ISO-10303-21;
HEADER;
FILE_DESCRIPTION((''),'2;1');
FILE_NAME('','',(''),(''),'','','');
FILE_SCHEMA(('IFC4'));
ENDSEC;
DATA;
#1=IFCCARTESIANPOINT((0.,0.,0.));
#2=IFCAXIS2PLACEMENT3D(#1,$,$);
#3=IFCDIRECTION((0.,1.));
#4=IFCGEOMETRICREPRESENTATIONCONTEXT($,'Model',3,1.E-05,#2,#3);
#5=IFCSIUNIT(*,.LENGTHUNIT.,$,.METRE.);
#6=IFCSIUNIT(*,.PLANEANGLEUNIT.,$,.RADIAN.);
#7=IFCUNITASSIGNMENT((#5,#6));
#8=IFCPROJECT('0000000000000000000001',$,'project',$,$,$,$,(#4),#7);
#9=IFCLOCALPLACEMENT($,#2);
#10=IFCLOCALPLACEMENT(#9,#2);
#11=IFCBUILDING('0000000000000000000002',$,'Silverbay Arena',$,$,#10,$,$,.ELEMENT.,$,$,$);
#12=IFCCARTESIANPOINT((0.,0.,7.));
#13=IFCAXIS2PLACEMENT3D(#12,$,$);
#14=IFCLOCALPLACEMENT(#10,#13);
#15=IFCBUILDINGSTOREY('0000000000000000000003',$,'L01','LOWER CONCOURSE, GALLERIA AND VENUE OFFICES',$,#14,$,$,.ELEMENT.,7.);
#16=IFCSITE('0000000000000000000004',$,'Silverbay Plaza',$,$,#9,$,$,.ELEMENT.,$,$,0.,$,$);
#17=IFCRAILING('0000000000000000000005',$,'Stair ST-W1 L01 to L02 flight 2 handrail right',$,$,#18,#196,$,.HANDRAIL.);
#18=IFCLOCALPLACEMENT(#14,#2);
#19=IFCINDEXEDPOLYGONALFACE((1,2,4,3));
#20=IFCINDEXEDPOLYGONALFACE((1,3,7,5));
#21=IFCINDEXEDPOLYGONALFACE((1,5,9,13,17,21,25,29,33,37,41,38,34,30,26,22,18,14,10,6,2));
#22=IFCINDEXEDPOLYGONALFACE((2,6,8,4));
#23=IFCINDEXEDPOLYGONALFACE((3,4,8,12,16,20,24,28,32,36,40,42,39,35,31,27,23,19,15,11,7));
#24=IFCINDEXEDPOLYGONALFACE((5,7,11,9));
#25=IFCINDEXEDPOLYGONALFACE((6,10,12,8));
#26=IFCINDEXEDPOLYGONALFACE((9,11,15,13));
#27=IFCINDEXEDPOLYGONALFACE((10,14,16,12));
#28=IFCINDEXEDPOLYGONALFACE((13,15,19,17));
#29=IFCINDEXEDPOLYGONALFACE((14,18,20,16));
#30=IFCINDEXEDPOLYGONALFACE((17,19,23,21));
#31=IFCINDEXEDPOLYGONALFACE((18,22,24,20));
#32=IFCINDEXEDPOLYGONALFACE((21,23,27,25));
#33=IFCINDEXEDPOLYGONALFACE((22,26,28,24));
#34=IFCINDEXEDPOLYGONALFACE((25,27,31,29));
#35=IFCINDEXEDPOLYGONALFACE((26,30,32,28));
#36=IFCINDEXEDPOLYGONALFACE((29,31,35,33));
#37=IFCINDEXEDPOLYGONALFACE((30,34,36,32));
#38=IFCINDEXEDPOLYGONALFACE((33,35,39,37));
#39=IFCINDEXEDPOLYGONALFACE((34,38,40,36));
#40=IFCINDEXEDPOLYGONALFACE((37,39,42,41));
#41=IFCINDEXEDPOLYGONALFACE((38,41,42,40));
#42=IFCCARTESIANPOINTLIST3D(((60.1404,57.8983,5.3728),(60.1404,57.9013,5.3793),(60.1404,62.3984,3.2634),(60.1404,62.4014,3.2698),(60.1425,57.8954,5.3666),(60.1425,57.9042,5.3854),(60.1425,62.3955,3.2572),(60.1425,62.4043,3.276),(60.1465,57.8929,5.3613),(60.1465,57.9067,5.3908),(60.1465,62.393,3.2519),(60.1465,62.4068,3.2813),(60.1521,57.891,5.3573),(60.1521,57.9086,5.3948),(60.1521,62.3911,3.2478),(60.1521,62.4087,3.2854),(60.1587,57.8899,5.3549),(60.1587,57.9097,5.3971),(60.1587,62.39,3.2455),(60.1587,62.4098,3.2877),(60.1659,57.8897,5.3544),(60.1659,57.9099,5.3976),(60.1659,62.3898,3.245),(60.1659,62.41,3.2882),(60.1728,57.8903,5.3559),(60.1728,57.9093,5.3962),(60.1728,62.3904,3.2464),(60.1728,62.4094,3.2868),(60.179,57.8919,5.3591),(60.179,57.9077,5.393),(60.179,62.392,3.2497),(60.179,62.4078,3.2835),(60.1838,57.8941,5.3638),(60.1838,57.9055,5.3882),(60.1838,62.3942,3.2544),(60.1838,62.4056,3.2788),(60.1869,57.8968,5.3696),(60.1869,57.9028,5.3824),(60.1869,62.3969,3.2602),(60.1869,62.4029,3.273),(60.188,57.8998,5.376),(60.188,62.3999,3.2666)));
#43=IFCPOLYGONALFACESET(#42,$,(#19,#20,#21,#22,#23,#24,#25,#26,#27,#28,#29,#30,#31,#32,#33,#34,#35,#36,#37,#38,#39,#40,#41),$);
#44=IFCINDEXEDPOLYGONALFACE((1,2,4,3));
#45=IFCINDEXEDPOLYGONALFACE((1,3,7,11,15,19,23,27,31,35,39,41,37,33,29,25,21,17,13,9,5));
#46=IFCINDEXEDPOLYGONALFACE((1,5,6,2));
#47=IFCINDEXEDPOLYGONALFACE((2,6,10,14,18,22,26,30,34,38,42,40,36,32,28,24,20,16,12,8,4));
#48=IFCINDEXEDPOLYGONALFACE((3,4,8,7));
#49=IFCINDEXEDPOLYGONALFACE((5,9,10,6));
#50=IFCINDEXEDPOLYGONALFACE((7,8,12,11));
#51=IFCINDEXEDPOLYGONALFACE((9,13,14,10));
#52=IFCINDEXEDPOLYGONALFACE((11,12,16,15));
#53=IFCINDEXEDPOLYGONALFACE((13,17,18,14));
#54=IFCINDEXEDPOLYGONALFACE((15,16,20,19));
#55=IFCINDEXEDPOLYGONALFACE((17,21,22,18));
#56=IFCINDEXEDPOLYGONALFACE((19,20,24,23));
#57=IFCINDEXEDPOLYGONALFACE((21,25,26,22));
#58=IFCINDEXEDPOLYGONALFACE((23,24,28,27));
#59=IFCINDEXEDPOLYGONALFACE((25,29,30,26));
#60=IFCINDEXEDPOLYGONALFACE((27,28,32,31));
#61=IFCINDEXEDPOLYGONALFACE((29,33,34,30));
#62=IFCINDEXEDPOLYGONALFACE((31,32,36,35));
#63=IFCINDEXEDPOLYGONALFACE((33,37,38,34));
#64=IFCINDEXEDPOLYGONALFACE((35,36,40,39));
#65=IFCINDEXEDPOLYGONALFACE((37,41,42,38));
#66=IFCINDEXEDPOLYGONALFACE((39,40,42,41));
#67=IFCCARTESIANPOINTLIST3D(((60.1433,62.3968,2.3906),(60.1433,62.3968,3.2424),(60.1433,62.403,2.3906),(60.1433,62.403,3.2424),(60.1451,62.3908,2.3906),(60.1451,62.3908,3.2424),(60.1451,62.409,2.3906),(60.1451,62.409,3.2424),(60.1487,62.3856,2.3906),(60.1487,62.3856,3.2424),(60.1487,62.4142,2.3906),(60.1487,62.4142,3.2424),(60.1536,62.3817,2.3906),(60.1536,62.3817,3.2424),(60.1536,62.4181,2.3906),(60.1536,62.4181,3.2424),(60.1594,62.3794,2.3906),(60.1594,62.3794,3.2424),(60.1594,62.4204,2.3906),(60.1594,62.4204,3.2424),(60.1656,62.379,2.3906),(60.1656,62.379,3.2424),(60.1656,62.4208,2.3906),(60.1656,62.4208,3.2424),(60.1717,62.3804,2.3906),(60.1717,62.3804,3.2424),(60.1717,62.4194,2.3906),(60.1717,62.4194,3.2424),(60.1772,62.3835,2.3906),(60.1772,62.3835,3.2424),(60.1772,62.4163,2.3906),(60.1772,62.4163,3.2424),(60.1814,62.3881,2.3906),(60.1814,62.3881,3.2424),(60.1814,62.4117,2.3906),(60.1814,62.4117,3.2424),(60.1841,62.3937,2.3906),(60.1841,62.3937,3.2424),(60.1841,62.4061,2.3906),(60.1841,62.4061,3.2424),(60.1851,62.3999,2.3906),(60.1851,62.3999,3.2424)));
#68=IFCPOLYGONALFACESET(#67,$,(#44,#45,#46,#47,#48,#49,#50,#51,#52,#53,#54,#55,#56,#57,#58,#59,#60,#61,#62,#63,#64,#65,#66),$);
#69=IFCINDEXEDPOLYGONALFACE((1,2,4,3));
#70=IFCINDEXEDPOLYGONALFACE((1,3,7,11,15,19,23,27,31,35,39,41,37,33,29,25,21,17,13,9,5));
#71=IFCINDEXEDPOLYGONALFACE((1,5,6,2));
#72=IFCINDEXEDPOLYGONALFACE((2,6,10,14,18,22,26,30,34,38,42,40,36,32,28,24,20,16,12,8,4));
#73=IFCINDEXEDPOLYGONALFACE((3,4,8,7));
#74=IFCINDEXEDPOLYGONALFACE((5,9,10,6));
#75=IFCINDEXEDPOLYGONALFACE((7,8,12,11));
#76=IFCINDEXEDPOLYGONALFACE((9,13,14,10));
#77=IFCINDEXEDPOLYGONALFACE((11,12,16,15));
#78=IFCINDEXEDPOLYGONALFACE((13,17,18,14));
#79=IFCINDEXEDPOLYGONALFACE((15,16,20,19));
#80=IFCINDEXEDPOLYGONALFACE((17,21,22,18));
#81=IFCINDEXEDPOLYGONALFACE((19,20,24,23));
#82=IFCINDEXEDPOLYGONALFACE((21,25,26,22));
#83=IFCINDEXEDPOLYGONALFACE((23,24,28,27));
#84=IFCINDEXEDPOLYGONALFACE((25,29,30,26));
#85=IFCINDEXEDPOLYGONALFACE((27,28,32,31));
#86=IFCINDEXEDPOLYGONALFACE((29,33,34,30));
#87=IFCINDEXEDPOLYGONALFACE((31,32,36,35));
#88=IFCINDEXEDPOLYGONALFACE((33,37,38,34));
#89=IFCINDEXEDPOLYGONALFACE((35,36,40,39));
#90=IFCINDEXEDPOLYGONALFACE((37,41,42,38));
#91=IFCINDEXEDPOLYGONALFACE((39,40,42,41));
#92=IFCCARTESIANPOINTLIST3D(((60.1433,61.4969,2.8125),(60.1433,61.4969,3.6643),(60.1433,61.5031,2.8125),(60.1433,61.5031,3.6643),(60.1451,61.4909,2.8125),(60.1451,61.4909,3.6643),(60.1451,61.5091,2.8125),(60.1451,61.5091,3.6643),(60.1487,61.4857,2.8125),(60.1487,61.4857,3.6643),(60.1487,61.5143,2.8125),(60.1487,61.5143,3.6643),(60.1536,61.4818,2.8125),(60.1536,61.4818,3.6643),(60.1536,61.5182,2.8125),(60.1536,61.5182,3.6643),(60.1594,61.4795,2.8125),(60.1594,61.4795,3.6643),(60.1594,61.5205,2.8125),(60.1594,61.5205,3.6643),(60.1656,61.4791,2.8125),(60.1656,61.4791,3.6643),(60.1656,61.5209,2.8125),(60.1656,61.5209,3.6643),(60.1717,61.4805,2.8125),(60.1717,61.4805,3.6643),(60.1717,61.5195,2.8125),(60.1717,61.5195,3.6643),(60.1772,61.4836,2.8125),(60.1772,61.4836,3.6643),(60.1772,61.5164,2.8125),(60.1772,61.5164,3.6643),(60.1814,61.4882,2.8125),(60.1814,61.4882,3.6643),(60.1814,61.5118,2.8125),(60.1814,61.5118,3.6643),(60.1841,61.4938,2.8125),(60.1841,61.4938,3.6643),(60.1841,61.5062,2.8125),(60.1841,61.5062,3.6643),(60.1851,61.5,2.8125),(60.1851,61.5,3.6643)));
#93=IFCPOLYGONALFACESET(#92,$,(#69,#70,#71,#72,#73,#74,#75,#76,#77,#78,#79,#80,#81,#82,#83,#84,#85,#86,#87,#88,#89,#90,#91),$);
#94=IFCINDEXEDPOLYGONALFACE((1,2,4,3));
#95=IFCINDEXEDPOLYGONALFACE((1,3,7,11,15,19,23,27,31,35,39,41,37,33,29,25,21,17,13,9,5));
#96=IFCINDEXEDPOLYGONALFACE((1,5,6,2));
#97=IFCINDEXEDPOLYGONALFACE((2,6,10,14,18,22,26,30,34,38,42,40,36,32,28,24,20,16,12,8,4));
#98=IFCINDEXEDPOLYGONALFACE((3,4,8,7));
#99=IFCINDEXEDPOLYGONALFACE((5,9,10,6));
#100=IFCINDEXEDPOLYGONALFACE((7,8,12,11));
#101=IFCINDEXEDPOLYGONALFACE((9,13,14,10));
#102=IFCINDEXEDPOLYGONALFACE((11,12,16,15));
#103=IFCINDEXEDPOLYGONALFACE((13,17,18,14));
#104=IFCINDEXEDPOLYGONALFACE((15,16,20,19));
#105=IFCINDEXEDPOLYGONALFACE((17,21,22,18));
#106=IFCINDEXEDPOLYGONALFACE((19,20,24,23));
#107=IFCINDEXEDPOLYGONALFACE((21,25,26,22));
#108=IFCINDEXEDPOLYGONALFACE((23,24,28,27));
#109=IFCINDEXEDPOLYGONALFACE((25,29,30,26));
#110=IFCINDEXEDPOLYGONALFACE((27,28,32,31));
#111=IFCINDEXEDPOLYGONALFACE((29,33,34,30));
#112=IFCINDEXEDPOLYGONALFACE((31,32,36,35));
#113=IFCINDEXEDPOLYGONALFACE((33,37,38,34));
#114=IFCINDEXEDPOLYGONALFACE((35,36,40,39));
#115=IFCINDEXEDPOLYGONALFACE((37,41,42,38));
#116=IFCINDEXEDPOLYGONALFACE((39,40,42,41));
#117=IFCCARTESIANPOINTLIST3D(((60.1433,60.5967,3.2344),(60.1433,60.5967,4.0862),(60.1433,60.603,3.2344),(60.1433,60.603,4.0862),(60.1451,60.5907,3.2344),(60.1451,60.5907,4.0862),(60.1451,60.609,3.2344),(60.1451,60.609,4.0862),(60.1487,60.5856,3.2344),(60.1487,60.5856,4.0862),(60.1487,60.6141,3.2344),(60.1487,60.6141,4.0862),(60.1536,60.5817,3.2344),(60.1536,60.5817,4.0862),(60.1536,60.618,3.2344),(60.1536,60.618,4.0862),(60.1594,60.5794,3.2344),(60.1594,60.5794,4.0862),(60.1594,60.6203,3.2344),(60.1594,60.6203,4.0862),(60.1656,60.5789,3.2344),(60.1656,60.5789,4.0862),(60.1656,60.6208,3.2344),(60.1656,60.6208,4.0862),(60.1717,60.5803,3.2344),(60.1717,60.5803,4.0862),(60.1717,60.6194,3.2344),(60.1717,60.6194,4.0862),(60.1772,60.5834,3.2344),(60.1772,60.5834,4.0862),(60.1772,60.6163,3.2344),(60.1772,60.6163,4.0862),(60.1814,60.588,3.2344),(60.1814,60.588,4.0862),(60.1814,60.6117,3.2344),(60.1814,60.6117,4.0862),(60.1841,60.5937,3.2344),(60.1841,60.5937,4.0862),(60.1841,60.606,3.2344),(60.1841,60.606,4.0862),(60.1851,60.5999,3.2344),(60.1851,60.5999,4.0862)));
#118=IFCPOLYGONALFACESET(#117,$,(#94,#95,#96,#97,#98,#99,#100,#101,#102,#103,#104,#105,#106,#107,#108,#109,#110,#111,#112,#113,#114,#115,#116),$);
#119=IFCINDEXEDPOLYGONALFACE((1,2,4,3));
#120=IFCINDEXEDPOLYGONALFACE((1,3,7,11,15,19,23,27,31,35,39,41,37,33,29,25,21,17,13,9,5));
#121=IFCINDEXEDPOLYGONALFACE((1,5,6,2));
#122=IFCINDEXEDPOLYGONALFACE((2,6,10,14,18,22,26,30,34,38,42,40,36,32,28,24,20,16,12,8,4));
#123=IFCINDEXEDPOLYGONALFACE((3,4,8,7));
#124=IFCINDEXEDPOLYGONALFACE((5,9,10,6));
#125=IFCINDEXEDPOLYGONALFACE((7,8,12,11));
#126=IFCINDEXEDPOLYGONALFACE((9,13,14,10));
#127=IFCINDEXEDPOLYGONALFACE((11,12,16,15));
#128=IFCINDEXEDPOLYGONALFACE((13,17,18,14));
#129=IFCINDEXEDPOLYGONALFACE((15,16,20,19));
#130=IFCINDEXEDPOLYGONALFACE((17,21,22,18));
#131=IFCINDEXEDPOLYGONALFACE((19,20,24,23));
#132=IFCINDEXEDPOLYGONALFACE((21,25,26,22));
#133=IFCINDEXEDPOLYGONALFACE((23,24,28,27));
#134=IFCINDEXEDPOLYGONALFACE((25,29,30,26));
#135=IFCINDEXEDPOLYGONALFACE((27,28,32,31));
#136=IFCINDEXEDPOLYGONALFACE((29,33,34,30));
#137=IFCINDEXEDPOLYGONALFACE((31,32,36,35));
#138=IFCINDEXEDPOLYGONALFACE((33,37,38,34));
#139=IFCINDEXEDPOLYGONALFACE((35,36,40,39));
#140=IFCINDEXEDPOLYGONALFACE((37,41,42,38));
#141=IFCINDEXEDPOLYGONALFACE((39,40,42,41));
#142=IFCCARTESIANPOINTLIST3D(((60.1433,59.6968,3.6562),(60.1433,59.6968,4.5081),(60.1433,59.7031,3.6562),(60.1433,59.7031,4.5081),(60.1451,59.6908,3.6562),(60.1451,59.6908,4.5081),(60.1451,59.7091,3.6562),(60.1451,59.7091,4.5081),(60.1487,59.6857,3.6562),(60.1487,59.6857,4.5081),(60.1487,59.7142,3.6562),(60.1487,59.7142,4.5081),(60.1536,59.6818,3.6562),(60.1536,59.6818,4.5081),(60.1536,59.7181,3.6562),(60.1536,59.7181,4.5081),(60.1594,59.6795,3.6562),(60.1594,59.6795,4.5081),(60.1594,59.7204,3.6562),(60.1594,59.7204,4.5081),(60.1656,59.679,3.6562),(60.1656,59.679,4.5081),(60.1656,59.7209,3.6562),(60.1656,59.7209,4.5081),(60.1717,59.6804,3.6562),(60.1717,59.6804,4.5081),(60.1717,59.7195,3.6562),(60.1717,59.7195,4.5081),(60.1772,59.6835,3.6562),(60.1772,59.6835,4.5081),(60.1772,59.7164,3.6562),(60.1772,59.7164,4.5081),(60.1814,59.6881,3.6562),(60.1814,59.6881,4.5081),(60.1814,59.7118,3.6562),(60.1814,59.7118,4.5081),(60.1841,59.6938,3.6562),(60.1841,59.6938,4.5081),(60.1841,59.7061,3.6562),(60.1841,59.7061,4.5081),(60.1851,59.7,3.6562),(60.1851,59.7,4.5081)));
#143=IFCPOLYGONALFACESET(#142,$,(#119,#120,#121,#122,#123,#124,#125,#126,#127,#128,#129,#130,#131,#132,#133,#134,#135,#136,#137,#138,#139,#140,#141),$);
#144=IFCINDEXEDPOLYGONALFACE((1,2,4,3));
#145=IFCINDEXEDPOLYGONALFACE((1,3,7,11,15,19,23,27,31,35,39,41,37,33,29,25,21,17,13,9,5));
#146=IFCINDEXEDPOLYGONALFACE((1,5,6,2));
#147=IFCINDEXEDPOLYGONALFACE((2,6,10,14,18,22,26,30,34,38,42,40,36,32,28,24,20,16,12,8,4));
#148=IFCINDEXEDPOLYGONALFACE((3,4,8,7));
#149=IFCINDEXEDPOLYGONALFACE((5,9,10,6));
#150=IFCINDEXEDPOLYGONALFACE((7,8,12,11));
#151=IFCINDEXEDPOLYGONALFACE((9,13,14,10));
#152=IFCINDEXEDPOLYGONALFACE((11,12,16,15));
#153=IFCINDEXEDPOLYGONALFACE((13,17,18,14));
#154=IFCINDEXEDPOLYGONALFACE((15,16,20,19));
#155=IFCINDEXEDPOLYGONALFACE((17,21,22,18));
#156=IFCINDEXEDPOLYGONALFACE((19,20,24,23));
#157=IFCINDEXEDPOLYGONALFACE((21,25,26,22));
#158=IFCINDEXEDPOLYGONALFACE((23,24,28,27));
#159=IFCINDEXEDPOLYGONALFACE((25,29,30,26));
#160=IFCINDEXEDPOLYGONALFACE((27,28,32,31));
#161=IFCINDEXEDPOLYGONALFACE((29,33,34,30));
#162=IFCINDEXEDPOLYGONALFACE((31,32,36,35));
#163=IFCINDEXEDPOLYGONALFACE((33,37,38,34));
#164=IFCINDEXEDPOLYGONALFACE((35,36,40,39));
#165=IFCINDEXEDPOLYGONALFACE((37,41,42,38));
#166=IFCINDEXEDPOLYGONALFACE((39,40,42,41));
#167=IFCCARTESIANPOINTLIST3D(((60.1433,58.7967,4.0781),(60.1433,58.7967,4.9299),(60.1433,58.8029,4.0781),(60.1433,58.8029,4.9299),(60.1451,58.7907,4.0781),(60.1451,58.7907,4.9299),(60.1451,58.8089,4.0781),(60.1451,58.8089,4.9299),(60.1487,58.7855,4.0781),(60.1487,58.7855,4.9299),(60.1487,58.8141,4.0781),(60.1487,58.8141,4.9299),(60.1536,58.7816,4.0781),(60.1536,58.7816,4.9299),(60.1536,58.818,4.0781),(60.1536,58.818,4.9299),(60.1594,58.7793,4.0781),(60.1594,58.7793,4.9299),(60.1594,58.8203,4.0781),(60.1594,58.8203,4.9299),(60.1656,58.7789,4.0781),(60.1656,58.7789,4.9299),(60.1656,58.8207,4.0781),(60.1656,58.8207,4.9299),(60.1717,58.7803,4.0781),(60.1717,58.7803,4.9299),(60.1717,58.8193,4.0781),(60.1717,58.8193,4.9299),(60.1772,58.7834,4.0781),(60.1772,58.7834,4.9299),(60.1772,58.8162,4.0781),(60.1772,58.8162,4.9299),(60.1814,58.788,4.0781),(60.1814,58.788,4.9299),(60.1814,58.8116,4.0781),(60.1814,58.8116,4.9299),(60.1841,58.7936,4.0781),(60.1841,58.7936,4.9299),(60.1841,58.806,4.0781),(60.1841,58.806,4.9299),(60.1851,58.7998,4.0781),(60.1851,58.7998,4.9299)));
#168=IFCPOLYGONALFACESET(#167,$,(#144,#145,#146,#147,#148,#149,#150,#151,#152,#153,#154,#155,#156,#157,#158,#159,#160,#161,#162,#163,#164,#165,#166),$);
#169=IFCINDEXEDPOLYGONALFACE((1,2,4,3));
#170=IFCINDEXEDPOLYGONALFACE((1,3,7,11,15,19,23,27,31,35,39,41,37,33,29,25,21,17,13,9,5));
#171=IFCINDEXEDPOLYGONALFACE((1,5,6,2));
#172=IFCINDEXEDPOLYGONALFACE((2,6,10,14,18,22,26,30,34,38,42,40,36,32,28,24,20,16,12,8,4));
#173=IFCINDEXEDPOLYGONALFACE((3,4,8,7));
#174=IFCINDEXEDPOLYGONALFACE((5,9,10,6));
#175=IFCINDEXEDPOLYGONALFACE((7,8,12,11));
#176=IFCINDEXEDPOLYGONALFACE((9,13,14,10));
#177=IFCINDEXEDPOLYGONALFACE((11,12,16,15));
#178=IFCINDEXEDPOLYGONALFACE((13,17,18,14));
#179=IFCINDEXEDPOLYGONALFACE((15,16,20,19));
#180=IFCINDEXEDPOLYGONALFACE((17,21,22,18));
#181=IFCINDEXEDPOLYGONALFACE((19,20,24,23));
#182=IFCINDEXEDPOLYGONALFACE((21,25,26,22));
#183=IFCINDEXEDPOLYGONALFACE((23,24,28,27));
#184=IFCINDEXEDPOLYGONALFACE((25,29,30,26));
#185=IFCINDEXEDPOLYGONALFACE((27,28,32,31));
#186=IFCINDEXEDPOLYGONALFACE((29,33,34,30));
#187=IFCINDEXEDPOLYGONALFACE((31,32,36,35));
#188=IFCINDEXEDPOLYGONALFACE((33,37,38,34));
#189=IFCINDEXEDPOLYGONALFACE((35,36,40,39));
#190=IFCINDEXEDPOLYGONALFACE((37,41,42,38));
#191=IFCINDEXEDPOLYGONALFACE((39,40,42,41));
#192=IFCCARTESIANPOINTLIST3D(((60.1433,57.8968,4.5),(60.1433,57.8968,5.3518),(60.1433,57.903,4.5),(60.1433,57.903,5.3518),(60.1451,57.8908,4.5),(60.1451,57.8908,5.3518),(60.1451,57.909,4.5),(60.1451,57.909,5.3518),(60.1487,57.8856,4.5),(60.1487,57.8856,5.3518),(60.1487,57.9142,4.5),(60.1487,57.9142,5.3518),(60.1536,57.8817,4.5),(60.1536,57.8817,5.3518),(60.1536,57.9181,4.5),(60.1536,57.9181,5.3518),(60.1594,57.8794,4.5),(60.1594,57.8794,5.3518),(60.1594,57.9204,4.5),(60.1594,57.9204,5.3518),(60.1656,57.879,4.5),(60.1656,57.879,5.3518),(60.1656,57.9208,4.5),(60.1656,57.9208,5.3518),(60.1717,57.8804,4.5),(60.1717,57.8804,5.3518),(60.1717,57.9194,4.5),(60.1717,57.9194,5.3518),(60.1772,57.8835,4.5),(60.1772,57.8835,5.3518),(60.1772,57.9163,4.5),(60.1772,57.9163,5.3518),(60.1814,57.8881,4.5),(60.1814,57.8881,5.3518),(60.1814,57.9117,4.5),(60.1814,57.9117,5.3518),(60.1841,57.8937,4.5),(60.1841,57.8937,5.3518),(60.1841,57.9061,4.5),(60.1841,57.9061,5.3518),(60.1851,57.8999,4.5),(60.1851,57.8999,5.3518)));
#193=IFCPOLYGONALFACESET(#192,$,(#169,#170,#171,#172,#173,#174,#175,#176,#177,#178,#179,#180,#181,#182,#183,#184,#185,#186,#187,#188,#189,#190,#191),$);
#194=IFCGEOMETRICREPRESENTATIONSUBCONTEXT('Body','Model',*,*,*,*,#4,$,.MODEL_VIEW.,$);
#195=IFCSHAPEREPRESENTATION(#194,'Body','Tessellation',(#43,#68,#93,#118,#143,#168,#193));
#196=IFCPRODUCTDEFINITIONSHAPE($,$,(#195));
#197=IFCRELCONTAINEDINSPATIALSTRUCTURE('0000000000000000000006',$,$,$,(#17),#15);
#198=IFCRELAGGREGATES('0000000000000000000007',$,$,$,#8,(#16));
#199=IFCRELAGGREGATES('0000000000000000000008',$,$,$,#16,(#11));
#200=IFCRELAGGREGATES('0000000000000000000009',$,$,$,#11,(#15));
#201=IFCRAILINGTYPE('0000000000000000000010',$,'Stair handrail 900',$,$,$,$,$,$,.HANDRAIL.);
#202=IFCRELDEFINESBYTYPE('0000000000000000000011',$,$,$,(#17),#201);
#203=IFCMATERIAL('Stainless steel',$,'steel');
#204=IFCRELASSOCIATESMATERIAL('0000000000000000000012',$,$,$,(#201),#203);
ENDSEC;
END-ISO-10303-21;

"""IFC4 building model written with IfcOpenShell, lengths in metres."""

from ifc_helpers import new_model, si_unit, direction, frame, origin, origin_2d, place, context, subcontext, project, spatial, circle, extrude, material, type_object, element, save


model = new_model("IFC4")

# Units and contexts
model_context = context("Model", 3, precision=1e-05, world=origin(), true_north=direction((0.0, 1.0)))
body_context = subcontext(model_context, "Body", "Model", "MODEL_VIEW")
ifc_project = project(units=[si_unit("LENGTHUNIT", "METRE"), si_unit("PLANEANGLEUNIT", "RADIAN")], contexts=[model_context])

# Site, building, storey
site_placement = place(None, origin())
site = spatial("IfcSite", under=ifc_project, at=site_placement, Name="Silverbay Plaza", CompositionType="ELEMENT", RefElevation=0.0)
building_placement = place(site_placement, origin())
building = spatial("IfcBuilding", under=site, at=building_placement, Name="Silverbay Arena", CompositionType="ELEMENT")
storey_placement = place(building_placement, frame((0.0, 0.0, 7.0)))
storey = spatial("IfcBuildingStorey", under=building, at=storey_placement, Name="L01", Description="LOWER CONCOURSE, GALLERIA AND VENUE OFFICES", CompositionType="ELEMENT", Elevation=7.0)

# Railing
ifc_material_1 = material(Name="Stainless steel", Category="steel")
railing_type_1 = type_object("IfcRailingType", Name="Stair handrail 900", PredefinedType="HANDRAIL", material=ifc_material_1)
for number, where, name in (
    (1, (60.1641, 62.3999, 2.3906), "Stair ST-W1 L01 to L02 flight 2 handrail right"),
):
    element("IfcRailing", number, at=place(storey_placement, frame(where)), inside=storey, type_object=railing_type_1, Name=name, PredefinedType="HANDRAIL", context=body_context, shape_type="SweptSolid", body=[
        extrude(circle(Radius=0.0239, at=origin_2d()), frame((0.0, 0.0, 0.876), z_axis=(0.0, -0.905459, 0.424434), x_axis=(1.0, 0.0, 0.0)), (0.0, 0.0, 1.0), 4.97),
        extrude(circle(Radius=0.021, at=origin_2d()), origin(), (0.0, 0.0, 1.0), 0.8518),
        extrude(circle(Radius=0.021, at=origin_2d()), frame((0.0, -0.8999, 0.4219)), (0.0, 0.0, 1.0), 0.8518),
        extrude(circle(Radius=0.021, at=origin_2d()), frame((0.0, -1.8, 0.8438)), (0.0, 0.0, 1.0), 0.8518),
        extrude(circle(Radius=0.021, at=origin_2d()), frame((0.0, -2.7, 1.2656)), (0.0, 0.0, 1.0), 0.8518),
        extrude(circle(Radius=0.021, at=origin_2d()), frame((0.0, -3.6001, 1.6875)), (0.0, 0.0, 1.0), 0.8518),
        extrude(circle(Radius=0.021, at=origin_2d()), frame((0.0, -4.5, 2.1094)), (0.0, 0.0, 1.0), 0.8518),
    ])

save(model, "model.ifc")
